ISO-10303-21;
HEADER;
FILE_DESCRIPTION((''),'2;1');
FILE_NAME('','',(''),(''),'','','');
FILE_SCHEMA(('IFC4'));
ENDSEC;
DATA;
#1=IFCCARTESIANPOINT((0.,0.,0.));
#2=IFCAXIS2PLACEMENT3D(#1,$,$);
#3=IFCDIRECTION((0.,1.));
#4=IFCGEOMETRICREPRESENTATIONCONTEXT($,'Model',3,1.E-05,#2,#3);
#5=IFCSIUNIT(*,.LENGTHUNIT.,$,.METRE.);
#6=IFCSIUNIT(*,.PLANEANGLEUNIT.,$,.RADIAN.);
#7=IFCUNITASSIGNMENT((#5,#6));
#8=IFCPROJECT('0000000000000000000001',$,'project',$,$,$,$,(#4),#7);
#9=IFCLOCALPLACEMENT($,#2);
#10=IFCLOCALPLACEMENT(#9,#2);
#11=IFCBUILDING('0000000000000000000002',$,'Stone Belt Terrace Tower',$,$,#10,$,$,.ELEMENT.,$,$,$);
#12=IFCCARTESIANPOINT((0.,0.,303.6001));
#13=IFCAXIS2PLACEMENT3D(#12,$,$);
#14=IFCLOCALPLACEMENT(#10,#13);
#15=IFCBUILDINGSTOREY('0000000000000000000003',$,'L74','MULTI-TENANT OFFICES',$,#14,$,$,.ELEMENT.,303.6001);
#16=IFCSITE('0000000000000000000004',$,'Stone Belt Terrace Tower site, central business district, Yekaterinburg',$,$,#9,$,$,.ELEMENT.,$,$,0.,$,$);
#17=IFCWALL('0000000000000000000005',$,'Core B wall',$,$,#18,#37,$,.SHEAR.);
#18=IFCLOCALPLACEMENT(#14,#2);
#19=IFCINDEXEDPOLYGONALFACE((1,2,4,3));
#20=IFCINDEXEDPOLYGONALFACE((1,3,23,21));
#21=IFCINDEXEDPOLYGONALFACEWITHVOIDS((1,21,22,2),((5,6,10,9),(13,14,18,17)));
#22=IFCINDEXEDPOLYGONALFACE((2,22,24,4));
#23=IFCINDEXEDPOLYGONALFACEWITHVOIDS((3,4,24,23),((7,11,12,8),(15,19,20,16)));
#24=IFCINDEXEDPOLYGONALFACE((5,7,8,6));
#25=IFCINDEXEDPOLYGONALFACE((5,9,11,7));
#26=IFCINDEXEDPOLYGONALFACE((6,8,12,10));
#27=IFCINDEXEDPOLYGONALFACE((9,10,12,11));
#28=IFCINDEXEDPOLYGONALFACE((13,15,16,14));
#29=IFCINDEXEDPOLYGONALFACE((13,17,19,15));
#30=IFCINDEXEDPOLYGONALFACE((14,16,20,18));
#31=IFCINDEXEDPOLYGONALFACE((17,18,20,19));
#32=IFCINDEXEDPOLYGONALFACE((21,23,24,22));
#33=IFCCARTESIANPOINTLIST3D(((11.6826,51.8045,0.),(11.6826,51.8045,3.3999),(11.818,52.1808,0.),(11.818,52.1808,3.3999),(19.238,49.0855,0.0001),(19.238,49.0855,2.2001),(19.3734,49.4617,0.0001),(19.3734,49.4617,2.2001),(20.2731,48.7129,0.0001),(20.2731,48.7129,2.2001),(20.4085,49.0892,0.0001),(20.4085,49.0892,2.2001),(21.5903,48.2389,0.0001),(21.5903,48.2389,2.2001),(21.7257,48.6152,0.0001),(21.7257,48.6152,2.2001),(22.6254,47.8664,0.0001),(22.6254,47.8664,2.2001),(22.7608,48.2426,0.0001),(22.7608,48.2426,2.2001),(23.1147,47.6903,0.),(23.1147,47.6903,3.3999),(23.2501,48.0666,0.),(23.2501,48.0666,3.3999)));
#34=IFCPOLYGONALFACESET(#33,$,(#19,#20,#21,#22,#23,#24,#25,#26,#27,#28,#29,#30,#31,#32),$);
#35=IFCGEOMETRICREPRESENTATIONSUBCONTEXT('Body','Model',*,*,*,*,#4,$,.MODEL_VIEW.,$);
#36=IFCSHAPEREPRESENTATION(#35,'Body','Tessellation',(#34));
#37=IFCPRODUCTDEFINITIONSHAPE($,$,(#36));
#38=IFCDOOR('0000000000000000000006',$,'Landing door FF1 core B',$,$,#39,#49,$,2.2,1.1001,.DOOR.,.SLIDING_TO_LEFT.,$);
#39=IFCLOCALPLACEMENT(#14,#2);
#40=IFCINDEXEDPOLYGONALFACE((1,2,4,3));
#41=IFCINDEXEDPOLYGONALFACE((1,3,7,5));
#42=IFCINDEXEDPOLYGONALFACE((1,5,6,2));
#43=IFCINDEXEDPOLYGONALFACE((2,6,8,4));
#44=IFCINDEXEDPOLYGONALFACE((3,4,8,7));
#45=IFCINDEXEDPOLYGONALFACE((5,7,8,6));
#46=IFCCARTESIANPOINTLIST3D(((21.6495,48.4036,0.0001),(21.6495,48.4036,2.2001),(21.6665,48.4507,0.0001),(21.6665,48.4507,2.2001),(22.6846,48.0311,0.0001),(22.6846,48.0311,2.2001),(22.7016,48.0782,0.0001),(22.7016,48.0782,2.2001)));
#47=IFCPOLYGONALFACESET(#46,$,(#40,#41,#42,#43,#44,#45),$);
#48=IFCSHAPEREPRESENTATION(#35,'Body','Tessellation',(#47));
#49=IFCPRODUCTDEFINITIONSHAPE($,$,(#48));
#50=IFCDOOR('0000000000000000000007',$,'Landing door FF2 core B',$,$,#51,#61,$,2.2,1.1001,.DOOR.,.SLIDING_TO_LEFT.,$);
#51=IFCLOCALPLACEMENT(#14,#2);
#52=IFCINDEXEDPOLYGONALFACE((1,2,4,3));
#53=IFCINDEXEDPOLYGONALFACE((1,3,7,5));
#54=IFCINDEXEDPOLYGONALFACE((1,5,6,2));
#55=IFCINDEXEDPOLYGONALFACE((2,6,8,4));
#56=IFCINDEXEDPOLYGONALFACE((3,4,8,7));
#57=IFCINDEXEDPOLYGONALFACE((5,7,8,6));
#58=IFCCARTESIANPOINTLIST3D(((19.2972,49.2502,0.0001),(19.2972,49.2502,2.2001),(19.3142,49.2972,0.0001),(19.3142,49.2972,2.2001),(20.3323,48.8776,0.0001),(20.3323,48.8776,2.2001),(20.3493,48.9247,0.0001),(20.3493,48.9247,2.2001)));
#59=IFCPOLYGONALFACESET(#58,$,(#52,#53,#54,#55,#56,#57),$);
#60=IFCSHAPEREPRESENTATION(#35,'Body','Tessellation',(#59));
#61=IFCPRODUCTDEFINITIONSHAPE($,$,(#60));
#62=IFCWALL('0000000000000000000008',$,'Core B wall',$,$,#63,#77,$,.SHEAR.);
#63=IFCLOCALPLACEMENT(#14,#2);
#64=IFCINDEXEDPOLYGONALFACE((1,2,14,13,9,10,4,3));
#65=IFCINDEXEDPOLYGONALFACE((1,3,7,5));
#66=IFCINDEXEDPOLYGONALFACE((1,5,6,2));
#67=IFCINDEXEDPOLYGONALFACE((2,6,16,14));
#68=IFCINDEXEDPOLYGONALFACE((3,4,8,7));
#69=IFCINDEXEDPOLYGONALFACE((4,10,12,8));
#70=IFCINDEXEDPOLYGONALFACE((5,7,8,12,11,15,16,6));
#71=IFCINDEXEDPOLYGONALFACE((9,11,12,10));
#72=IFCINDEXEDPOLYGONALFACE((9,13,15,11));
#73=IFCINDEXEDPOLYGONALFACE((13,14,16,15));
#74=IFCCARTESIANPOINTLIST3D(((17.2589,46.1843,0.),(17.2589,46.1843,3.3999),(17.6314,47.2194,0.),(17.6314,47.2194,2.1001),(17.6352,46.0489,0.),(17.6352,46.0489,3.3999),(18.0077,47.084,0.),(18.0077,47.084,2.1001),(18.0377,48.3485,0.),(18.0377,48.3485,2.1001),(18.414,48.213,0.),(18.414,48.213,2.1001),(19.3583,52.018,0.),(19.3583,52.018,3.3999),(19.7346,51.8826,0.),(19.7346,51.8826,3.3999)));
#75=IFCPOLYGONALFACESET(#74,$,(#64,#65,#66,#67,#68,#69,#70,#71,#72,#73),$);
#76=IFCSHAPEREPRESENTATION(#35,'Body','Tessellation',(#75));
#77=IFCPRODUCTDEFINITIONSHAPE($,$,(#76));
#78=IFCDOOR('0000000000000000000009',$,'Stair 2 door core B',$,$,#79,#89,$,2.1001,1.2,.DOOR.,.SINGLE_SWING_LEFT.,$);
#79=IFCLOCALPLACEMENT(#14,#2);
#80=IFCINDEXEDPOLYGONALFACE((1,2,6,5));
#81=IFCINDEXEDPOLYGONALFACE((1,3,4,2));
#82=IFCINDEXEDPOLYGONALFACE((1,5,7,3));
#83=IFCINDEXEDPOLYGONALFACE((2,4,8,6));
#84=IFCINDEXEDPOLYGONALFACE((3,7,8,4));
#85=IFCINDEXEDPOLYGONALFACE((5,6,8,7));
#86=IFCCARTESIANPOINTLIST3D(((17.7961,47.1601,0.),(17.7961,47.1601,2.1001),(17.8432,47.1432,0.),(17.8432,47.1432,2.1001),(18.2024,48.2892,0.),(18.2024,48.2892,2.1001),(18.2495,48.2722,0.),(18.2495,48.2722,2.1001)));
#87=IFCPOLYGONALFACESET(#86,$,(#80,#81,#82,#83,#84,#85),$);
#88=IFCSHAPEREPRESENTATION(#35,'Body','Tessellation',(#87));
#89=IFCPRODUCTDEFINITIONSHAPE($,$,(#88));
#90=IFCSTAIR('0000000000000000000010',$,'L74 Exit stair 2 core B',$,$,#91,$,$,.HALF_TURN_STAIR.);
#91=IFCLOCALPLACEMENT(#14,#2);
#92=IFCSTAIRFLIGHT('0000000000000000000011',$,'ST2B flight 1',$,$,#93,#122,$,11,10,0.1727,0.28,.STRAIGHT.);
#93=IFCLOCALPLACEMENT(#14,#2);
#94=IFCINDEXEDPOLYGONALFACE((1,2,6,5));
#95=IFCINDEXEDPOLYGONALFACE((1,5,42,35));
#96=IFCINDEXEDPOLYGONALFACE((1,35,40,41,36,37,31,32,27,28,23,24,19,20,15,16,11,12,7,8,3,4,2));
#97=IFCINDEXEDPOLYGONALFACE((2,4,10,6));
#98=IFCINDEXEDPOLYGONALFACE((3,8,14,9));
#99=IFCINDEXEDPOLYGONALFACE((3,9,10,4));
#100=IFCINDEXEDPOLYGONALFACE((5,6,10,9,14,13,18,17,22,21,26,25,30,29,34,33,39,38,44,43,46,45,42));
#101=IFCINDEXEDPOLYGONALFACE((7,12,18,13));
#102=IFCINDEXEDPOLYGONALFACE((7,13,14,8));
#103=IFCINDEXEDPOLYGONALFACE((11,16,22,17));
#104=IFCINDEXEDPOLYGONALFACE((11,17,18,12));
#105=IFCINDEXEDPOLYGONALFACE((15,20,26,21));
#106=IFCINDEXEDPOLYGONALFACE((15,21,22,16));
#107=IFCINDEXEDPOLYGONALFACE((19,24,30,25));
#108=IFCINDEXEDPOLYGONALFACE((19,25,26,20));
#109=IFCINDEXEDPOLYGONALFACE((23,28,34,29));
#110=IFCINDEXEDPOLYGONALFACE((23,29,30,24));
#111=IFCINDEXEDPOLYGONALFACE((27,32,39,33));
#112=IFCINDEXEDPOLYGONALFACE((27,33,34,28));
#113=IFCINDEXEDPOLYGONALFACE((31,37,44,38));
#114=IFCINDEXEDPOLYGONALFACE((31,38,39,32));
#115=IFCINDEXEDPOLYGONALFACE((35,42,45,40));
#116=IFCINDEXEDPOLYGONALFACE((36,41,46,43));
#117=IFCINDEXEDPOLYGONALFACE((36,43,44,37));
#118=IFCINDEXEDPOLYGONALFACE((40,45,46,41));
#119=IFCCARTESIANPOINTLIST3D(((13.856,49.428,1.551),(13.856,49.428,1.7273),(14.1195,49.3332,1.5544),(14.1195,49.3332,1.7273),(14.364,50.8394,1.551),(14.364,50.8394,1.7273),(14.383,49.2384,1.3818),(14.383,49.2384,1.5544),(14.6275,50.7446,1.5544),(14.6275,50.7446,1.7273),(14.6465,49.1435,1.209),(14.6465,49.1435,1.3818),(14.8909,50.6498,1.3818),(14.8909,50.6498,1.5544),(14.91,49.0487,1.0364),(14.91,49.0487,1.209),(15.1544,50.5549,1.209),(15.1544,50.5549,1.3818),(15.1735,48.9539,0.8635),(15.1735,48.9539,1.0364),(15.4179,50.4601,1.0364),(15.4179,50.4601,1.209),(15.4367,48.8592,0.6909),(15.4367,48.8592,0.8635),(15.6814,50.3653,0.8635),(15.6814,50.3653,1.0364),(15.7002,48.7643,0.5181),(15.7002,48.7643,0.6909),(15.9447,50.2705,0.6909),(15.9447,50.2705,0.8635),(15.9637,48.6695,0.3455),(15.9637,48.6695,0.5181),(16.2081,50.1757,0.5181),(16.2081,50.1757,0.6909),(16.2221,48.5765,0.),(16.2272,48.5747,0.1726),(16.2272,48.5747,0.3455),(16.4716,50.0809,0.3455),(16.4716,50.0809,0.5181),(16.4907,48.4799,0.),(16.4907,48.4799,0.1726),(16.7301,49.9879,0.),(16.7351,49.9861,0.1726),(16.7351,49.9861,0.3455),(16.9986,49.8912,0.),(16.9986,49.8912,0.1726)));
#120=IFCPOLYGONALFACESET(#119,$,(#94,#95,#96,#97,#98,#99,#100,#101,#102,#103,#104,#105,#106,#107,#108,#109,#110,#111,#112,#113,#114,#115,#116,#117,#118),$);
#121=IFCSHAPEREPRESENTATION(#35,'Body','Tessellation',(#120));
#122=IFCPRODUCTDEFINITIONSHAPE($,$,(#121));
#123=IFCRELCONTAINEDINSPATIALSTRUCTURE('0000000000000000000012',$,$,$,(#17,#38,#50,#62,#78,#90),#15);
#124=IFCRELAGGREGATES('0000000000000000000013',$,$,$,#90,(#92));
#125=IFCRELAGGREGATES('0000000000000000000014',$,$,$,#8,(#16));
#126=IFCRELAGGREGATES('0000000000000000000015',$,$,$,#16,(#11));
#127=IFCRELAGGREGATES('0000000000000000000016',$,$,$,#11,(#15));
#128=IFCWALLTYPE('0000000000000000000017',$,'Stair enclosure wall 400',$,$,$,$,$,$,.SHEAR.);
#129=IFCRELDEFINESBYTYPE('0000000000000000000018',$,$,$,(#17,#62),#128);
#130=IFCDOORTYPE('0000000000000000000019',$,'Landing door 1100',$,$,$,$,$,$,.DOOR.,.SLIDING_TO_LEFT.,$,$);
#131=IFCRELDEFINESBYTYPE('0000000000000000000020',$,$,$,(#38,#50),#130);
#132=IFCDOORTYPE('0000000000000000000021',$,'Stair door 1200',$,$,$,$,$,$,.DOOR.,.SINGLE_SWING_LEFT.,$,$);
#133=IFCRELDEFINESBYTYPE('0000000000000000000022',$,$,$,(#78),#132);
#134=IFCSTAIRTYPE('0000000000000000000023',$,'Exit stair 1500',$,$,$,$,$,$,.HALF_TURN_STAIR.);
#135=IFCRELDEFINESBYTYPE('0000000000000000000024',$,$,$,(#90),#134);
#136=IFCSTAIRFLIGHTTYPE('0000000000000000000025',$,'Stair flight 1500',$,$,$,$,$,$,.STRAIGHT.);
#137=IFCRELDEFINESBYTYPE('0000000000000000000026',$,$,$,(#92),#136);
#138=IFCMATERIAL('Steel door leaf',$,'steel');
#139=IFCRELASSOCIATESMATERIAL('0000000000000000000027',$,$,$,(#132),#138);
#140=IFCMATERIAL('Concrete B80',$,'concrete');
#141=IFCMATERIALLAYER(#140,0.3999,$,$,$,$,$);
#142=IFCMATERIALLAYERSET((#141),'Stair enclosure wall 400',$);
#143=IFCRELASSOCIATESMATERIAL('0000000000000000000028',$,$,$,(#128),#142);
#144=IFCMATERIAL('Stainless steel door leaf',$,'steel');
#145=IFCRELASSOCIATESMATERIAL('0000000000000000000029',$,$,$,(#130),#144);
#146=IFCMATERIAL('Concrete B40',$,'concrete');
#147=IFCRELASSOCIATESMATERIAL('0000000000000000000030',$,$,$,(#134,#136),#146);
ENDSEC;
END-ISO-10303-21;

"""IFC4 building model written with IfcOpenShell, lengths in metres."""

from ifc_helpers import new_model, si_unit, direction, frame, frame_2d, origin, place, context, subcontext, project, spatial, polyline, rectangle, outline, extrude, material, layer, layer_set, type_object, element, fill, aggregate, save


model = new_model("IFC4")

# Units and contexts
model_context = context("Model", 3, precision=1e-05, world=origin(), true_north=direction((0.0, 1.0)))
body_context = subcontext(model_context, "Body", "Model", "MODEL_VIEW")
ifc_project = project(units=[si_unit("LENGTHUNIT", "METRE"), si_unit("PLANEANGLEUNIT", "RADIAN")], contexts=[model_context])

# Site, building, storey
site_placement = place(None, origin())
site = spatial("IfcSite", under=ifc_project, at=site_placement, Name="Stone Belt Terrace Tower site, central business district, Yekaterinburg", CompositionType="ELEMENT", RefElevation=0.0)
building_placement = place(site_placement, origin())
building = spatial("IfcBuilding", under=site, at=building_placement, Name="Stone Belt Terrace Tower", CompositionType="ELEMENT")
storey_placement = place(building_placement, frame((0.0, 0.0, 303.6001)))
storey = spatial("IfcBuildingStorey", under=building, at=storey_placement, Name="L74", Description="MULTI-TENANT OFFICES", CompositionType="ELEMENT", Elevation=303.6001)

# Shared definitions
ifc_material_1 = material(Name="Concrete B80", Category="concrete")

# Shared definitions
ifc_material_2 = material(Name="Steel door leaf", Category="steel")
door_type_1 = type_object("IfcDoorType", Name="Stair door 1200", OperationType="SINGLE_SWING_LEFT", PredefinedType="DOOR", material=ifc_material_2)
ifc_layer_1 = layer(ifc_material_1, 0.3999)
ifc_layer_set_1 = layer_set([ifc_layer_1], Name="Stair enclosure wall 400")
wall_type_1 = type_object("IfcWallType", Name="Stair enclosure wall 400", PredefinedType="SHEAR", material=ifc_layer_set_1)

# Wall, openings, doors
wall_1_placement = place(storey_placement, frame((23.1824, 47.8784, 0.0), z_axis=(0.0, 0.0, 1.0), x_axis=(-0.940922, 0.338624, 0.0)))
wall_1 = element("IfcWall", 1, at=wall_1_placement, inside=storey, type_object=wall_type_1, Name="Core B wall", PredefinedType="SHEAR", context=body_context, shape_type="SweptSolid", body=[
    extrude(rectangle(XDim=12.1499, YDim=0.3999, at=frame_2d((6.075, 0.0))), origin(), (0.0, 0.0, 1.0), 3.3999),
])
opening_1_placement = place(wall_1_placement, frame((0.52, 0.0, 0.0)))
opening_1 = element("IfcOpeningElement", 2, at=opening_1_placement, cuts=wall_1, PredefinedType="OPENING", context=body_context, shape_type="SweptSolid", body=[
    extrude(rectangle(XDim=1.1001, YDim=2.2, at=frame_2d((0.55, 1.1001))), frame((0.0, 0.21, 0.0), z_axis=(0.0, -1.0, 0.0), x_axis=(1.0, 0.0, 0.0)), (0.0, 0.0, 1.0), 0.4199),
])
opening_2_placement = place(wall_1_placement, frame((3.02, 0.0, 0.0)))
opening_2 = element("IfcOpeningElement", 3, at=opening_2_placement, cuts=wall_1, PredefinedType="OPENING", context=body_context, shape_type="SweptSolid", body=[
    extrude(rectangle(XDim=1.1001, YDim=2.2, at=frame_2d((0.55, 1.1001))), frame((0.0, 0.21, 0.0), z_axis=(0.0, -1.0, 0.0), x_axis=(1.0, 0.0, 0.0)), (0.0, 0.0, 1.0), 0.4199),
])
ifc_material_3 = material(Name="Stainless steel door leaf", Category="steel")
door_type_2 = type_object("IfcDoorType", Name="Landing door 1100", OperationType="SLIDING_TO_LEFT", PredefinedType="DOOR", material=ifc_material_3)
door_1_placement = place(opening_1_placement, origin())
door_1 = element("IfcDoor", 4, at=door_1_placement, inside=storey, type_object=door_type_2, Name="Landing door FF1 core B", OperationType="SLIDING_TO_LEFT", OverallHeight=2.2, OverallWidth=1.1001, PredefinedType="DOOR", context=body_context, shape_type="SweptSolid", body=[
    extrude(rectangle(XDim=1.1001, YDim=2.2, at=frame_2d((0.55, 1.1001))), frame((0.0, 0.0249, 0.0), z_axis=(0.0, -1.0, 0.0), x_axis=(1.0, 0.0, 0.0)), (0.0, 0.0, 1.0), 0.05),
])
fill(opening_1, door_1)
door_2_placement = place(opening_2_placement, origin())
door_2 = element("IfcDoor", 5, at=door_2_placement, inside=storey, type_object=door_type_2, Name="Landing door FF2 core B", OperationType="SLIDING_TO_LEFT", OverallHeight=2.2, OverallWidth=1.1001, PredefinedType="DOOR", context=body_context, shape_type="SweptSolid", body=[
    extrude(rectangle(XDim=1.1001, YDim=2.2, at=frame_2d((0.55, 1.1001))), frame((0.0, 0.0249, 0.0), z_axis=(0.0, -1.0, 0.0), x_axis=(1.0, 0.0, 0.0)), (0.0, 0.0, 1.0), 0.05),
])
fill(opening_2, door_2)

# Wall, opening, door
wall_2_placement = place(storey_placement, frame((17.447, 46.1165, 0.0), z_axis=(0.0, 0.0, 1.0), x_axis=(0.338608, 0.940928, 0.0)))
wall_2 = element("IfcWall", 6, at=wall_2_placement, inside=storey, type_object=wall_type_1, Name="Core B wall", PredefinedType="SHEAR", context=body_context, shape_type="SweptSolid", body=[
    extrude(rectangle(XDim=6.2, YDim=0.3999, at=frame_2d((3.1001, 0.0))), origin(), (0.0, 0.0, 1.0), 3.3999),
])
opening_3_placement = place(wall_2_placement, frame((1.1001, 0.0, 0.0)))
opening_3 = element("IfcOpeningElement", 7, at=opening_3_placement, cuts=wall_2, PredefinedType="OPENING", context=body_context, shape_type="SweptSolid", body=[
    extrude(rectangle(XDim=1.2, YDim=2.1001, at=frame_2d((0.6001, 1.05))), frame((0.0, 0.21, 0.0), z_axis=(0.0, -1.0, 0.0), x_axis=(1.0, 0.0, 0.0)), (0.0, 0.0, 1.0), 0.4199),
])
door_3_placement = place(opening_3_placement, origin())
door_3 = element("IfcDoor", 8, at=door_3_placement, inside=storey, type_object=door_type_1, Name="Stair 2 door core B", OperationType="SINGLE_SWING_LEFT", OverallHeight=2.1001, OverallWidth=1.2, PredefinedType="DOOR", context=body_context, shape_type="SweptSolid", body=[
    extrude(rectangle(XDim=1.2, YDim=2.1001, at=frame_2d((0.6001, 1.05))), frame((0.0, 0.0249, 0.0), z_axis=(0.0, -1.0, 0.0), x_axis=(1.0, 0.0, 0.0)), (0.0, 0.0, 1.0), 0.05),
])
fill(opening_3, door_3)

# Stair, stair flight
ifc_material_4 = material(Name="Concrete B40", Category="concrete")
stair_type = type_object("IfcStairType", Name="Exit stair 1500", PredefinedType="HALF_TURN_STAIR", material=ifc_material_4)
stair_placement = place(storey_placement, origin())
stair = element("IfcStair", 9, at=stair_placement, inside=storey, type_object=stair_type, Name="L74 Exit stair 2 core B", PredefinedType="HALF_TURN_STAIR")
stair_flight_type = type_object("IfcStairFlightType", Name="Stair flight 1500", PredefinedType="STRAIGHT", material=ifc_material_4)
stair_flight_placement = place(storey_placement, frame((16.7446, 49.1855, 0.0), z_axis=(0.0, 0.0, 1.0), x_axis=(-0.940922, 0.338624, 0.0)))
stair_flight = element("IfcStairFlight", 10, at=stair_flight_placement, type_object=stair_flight_type, Name="ST2B flight 1", NumberOfRisers=11, NumberOfTreads=10, PredefinedType="STRAIGHT", RiserHeight=0.1727, TreadLength=0.28, context=body_context, shape_type="SweptSolid", body=[
    extrude(outline(polyline([(0.0, 0.0), (0.0, 0.1726), (0.28, 0.1726), (0.28, 0.3455), (0.5601, 0.3455), (0.5601, 0.5181), (0.8401, 0.5181), (0.8401, 0.6909), (1.1201, 0.6909), (1.1201, 0.8635), (1.3999, 0.8635), (1.3999, 1.0364), (1.6799, 1.0364), (1.6799, 1.209), (1.96, 1.209), (1.96, 1.3818), (2.24, 1.3818), (2.24, 1.5544), (2.52, 1.5544), (2.52, 1.7273), (2.8, 1.7273), (2.8, 1.8999), (2.8, 1.551), (0.2854, 0.0), (0.0, 0.0)])), frame((0.0, 0.75, 0.0), z_axis=(0.0, -1.0, 0.0), x_axis=(1.0, 0.0, 0.0)), (0.0, 0.0, 1.0), 1.5),
])
aggregate(stair, [stair_flight])

save(model, "model.ifc")
